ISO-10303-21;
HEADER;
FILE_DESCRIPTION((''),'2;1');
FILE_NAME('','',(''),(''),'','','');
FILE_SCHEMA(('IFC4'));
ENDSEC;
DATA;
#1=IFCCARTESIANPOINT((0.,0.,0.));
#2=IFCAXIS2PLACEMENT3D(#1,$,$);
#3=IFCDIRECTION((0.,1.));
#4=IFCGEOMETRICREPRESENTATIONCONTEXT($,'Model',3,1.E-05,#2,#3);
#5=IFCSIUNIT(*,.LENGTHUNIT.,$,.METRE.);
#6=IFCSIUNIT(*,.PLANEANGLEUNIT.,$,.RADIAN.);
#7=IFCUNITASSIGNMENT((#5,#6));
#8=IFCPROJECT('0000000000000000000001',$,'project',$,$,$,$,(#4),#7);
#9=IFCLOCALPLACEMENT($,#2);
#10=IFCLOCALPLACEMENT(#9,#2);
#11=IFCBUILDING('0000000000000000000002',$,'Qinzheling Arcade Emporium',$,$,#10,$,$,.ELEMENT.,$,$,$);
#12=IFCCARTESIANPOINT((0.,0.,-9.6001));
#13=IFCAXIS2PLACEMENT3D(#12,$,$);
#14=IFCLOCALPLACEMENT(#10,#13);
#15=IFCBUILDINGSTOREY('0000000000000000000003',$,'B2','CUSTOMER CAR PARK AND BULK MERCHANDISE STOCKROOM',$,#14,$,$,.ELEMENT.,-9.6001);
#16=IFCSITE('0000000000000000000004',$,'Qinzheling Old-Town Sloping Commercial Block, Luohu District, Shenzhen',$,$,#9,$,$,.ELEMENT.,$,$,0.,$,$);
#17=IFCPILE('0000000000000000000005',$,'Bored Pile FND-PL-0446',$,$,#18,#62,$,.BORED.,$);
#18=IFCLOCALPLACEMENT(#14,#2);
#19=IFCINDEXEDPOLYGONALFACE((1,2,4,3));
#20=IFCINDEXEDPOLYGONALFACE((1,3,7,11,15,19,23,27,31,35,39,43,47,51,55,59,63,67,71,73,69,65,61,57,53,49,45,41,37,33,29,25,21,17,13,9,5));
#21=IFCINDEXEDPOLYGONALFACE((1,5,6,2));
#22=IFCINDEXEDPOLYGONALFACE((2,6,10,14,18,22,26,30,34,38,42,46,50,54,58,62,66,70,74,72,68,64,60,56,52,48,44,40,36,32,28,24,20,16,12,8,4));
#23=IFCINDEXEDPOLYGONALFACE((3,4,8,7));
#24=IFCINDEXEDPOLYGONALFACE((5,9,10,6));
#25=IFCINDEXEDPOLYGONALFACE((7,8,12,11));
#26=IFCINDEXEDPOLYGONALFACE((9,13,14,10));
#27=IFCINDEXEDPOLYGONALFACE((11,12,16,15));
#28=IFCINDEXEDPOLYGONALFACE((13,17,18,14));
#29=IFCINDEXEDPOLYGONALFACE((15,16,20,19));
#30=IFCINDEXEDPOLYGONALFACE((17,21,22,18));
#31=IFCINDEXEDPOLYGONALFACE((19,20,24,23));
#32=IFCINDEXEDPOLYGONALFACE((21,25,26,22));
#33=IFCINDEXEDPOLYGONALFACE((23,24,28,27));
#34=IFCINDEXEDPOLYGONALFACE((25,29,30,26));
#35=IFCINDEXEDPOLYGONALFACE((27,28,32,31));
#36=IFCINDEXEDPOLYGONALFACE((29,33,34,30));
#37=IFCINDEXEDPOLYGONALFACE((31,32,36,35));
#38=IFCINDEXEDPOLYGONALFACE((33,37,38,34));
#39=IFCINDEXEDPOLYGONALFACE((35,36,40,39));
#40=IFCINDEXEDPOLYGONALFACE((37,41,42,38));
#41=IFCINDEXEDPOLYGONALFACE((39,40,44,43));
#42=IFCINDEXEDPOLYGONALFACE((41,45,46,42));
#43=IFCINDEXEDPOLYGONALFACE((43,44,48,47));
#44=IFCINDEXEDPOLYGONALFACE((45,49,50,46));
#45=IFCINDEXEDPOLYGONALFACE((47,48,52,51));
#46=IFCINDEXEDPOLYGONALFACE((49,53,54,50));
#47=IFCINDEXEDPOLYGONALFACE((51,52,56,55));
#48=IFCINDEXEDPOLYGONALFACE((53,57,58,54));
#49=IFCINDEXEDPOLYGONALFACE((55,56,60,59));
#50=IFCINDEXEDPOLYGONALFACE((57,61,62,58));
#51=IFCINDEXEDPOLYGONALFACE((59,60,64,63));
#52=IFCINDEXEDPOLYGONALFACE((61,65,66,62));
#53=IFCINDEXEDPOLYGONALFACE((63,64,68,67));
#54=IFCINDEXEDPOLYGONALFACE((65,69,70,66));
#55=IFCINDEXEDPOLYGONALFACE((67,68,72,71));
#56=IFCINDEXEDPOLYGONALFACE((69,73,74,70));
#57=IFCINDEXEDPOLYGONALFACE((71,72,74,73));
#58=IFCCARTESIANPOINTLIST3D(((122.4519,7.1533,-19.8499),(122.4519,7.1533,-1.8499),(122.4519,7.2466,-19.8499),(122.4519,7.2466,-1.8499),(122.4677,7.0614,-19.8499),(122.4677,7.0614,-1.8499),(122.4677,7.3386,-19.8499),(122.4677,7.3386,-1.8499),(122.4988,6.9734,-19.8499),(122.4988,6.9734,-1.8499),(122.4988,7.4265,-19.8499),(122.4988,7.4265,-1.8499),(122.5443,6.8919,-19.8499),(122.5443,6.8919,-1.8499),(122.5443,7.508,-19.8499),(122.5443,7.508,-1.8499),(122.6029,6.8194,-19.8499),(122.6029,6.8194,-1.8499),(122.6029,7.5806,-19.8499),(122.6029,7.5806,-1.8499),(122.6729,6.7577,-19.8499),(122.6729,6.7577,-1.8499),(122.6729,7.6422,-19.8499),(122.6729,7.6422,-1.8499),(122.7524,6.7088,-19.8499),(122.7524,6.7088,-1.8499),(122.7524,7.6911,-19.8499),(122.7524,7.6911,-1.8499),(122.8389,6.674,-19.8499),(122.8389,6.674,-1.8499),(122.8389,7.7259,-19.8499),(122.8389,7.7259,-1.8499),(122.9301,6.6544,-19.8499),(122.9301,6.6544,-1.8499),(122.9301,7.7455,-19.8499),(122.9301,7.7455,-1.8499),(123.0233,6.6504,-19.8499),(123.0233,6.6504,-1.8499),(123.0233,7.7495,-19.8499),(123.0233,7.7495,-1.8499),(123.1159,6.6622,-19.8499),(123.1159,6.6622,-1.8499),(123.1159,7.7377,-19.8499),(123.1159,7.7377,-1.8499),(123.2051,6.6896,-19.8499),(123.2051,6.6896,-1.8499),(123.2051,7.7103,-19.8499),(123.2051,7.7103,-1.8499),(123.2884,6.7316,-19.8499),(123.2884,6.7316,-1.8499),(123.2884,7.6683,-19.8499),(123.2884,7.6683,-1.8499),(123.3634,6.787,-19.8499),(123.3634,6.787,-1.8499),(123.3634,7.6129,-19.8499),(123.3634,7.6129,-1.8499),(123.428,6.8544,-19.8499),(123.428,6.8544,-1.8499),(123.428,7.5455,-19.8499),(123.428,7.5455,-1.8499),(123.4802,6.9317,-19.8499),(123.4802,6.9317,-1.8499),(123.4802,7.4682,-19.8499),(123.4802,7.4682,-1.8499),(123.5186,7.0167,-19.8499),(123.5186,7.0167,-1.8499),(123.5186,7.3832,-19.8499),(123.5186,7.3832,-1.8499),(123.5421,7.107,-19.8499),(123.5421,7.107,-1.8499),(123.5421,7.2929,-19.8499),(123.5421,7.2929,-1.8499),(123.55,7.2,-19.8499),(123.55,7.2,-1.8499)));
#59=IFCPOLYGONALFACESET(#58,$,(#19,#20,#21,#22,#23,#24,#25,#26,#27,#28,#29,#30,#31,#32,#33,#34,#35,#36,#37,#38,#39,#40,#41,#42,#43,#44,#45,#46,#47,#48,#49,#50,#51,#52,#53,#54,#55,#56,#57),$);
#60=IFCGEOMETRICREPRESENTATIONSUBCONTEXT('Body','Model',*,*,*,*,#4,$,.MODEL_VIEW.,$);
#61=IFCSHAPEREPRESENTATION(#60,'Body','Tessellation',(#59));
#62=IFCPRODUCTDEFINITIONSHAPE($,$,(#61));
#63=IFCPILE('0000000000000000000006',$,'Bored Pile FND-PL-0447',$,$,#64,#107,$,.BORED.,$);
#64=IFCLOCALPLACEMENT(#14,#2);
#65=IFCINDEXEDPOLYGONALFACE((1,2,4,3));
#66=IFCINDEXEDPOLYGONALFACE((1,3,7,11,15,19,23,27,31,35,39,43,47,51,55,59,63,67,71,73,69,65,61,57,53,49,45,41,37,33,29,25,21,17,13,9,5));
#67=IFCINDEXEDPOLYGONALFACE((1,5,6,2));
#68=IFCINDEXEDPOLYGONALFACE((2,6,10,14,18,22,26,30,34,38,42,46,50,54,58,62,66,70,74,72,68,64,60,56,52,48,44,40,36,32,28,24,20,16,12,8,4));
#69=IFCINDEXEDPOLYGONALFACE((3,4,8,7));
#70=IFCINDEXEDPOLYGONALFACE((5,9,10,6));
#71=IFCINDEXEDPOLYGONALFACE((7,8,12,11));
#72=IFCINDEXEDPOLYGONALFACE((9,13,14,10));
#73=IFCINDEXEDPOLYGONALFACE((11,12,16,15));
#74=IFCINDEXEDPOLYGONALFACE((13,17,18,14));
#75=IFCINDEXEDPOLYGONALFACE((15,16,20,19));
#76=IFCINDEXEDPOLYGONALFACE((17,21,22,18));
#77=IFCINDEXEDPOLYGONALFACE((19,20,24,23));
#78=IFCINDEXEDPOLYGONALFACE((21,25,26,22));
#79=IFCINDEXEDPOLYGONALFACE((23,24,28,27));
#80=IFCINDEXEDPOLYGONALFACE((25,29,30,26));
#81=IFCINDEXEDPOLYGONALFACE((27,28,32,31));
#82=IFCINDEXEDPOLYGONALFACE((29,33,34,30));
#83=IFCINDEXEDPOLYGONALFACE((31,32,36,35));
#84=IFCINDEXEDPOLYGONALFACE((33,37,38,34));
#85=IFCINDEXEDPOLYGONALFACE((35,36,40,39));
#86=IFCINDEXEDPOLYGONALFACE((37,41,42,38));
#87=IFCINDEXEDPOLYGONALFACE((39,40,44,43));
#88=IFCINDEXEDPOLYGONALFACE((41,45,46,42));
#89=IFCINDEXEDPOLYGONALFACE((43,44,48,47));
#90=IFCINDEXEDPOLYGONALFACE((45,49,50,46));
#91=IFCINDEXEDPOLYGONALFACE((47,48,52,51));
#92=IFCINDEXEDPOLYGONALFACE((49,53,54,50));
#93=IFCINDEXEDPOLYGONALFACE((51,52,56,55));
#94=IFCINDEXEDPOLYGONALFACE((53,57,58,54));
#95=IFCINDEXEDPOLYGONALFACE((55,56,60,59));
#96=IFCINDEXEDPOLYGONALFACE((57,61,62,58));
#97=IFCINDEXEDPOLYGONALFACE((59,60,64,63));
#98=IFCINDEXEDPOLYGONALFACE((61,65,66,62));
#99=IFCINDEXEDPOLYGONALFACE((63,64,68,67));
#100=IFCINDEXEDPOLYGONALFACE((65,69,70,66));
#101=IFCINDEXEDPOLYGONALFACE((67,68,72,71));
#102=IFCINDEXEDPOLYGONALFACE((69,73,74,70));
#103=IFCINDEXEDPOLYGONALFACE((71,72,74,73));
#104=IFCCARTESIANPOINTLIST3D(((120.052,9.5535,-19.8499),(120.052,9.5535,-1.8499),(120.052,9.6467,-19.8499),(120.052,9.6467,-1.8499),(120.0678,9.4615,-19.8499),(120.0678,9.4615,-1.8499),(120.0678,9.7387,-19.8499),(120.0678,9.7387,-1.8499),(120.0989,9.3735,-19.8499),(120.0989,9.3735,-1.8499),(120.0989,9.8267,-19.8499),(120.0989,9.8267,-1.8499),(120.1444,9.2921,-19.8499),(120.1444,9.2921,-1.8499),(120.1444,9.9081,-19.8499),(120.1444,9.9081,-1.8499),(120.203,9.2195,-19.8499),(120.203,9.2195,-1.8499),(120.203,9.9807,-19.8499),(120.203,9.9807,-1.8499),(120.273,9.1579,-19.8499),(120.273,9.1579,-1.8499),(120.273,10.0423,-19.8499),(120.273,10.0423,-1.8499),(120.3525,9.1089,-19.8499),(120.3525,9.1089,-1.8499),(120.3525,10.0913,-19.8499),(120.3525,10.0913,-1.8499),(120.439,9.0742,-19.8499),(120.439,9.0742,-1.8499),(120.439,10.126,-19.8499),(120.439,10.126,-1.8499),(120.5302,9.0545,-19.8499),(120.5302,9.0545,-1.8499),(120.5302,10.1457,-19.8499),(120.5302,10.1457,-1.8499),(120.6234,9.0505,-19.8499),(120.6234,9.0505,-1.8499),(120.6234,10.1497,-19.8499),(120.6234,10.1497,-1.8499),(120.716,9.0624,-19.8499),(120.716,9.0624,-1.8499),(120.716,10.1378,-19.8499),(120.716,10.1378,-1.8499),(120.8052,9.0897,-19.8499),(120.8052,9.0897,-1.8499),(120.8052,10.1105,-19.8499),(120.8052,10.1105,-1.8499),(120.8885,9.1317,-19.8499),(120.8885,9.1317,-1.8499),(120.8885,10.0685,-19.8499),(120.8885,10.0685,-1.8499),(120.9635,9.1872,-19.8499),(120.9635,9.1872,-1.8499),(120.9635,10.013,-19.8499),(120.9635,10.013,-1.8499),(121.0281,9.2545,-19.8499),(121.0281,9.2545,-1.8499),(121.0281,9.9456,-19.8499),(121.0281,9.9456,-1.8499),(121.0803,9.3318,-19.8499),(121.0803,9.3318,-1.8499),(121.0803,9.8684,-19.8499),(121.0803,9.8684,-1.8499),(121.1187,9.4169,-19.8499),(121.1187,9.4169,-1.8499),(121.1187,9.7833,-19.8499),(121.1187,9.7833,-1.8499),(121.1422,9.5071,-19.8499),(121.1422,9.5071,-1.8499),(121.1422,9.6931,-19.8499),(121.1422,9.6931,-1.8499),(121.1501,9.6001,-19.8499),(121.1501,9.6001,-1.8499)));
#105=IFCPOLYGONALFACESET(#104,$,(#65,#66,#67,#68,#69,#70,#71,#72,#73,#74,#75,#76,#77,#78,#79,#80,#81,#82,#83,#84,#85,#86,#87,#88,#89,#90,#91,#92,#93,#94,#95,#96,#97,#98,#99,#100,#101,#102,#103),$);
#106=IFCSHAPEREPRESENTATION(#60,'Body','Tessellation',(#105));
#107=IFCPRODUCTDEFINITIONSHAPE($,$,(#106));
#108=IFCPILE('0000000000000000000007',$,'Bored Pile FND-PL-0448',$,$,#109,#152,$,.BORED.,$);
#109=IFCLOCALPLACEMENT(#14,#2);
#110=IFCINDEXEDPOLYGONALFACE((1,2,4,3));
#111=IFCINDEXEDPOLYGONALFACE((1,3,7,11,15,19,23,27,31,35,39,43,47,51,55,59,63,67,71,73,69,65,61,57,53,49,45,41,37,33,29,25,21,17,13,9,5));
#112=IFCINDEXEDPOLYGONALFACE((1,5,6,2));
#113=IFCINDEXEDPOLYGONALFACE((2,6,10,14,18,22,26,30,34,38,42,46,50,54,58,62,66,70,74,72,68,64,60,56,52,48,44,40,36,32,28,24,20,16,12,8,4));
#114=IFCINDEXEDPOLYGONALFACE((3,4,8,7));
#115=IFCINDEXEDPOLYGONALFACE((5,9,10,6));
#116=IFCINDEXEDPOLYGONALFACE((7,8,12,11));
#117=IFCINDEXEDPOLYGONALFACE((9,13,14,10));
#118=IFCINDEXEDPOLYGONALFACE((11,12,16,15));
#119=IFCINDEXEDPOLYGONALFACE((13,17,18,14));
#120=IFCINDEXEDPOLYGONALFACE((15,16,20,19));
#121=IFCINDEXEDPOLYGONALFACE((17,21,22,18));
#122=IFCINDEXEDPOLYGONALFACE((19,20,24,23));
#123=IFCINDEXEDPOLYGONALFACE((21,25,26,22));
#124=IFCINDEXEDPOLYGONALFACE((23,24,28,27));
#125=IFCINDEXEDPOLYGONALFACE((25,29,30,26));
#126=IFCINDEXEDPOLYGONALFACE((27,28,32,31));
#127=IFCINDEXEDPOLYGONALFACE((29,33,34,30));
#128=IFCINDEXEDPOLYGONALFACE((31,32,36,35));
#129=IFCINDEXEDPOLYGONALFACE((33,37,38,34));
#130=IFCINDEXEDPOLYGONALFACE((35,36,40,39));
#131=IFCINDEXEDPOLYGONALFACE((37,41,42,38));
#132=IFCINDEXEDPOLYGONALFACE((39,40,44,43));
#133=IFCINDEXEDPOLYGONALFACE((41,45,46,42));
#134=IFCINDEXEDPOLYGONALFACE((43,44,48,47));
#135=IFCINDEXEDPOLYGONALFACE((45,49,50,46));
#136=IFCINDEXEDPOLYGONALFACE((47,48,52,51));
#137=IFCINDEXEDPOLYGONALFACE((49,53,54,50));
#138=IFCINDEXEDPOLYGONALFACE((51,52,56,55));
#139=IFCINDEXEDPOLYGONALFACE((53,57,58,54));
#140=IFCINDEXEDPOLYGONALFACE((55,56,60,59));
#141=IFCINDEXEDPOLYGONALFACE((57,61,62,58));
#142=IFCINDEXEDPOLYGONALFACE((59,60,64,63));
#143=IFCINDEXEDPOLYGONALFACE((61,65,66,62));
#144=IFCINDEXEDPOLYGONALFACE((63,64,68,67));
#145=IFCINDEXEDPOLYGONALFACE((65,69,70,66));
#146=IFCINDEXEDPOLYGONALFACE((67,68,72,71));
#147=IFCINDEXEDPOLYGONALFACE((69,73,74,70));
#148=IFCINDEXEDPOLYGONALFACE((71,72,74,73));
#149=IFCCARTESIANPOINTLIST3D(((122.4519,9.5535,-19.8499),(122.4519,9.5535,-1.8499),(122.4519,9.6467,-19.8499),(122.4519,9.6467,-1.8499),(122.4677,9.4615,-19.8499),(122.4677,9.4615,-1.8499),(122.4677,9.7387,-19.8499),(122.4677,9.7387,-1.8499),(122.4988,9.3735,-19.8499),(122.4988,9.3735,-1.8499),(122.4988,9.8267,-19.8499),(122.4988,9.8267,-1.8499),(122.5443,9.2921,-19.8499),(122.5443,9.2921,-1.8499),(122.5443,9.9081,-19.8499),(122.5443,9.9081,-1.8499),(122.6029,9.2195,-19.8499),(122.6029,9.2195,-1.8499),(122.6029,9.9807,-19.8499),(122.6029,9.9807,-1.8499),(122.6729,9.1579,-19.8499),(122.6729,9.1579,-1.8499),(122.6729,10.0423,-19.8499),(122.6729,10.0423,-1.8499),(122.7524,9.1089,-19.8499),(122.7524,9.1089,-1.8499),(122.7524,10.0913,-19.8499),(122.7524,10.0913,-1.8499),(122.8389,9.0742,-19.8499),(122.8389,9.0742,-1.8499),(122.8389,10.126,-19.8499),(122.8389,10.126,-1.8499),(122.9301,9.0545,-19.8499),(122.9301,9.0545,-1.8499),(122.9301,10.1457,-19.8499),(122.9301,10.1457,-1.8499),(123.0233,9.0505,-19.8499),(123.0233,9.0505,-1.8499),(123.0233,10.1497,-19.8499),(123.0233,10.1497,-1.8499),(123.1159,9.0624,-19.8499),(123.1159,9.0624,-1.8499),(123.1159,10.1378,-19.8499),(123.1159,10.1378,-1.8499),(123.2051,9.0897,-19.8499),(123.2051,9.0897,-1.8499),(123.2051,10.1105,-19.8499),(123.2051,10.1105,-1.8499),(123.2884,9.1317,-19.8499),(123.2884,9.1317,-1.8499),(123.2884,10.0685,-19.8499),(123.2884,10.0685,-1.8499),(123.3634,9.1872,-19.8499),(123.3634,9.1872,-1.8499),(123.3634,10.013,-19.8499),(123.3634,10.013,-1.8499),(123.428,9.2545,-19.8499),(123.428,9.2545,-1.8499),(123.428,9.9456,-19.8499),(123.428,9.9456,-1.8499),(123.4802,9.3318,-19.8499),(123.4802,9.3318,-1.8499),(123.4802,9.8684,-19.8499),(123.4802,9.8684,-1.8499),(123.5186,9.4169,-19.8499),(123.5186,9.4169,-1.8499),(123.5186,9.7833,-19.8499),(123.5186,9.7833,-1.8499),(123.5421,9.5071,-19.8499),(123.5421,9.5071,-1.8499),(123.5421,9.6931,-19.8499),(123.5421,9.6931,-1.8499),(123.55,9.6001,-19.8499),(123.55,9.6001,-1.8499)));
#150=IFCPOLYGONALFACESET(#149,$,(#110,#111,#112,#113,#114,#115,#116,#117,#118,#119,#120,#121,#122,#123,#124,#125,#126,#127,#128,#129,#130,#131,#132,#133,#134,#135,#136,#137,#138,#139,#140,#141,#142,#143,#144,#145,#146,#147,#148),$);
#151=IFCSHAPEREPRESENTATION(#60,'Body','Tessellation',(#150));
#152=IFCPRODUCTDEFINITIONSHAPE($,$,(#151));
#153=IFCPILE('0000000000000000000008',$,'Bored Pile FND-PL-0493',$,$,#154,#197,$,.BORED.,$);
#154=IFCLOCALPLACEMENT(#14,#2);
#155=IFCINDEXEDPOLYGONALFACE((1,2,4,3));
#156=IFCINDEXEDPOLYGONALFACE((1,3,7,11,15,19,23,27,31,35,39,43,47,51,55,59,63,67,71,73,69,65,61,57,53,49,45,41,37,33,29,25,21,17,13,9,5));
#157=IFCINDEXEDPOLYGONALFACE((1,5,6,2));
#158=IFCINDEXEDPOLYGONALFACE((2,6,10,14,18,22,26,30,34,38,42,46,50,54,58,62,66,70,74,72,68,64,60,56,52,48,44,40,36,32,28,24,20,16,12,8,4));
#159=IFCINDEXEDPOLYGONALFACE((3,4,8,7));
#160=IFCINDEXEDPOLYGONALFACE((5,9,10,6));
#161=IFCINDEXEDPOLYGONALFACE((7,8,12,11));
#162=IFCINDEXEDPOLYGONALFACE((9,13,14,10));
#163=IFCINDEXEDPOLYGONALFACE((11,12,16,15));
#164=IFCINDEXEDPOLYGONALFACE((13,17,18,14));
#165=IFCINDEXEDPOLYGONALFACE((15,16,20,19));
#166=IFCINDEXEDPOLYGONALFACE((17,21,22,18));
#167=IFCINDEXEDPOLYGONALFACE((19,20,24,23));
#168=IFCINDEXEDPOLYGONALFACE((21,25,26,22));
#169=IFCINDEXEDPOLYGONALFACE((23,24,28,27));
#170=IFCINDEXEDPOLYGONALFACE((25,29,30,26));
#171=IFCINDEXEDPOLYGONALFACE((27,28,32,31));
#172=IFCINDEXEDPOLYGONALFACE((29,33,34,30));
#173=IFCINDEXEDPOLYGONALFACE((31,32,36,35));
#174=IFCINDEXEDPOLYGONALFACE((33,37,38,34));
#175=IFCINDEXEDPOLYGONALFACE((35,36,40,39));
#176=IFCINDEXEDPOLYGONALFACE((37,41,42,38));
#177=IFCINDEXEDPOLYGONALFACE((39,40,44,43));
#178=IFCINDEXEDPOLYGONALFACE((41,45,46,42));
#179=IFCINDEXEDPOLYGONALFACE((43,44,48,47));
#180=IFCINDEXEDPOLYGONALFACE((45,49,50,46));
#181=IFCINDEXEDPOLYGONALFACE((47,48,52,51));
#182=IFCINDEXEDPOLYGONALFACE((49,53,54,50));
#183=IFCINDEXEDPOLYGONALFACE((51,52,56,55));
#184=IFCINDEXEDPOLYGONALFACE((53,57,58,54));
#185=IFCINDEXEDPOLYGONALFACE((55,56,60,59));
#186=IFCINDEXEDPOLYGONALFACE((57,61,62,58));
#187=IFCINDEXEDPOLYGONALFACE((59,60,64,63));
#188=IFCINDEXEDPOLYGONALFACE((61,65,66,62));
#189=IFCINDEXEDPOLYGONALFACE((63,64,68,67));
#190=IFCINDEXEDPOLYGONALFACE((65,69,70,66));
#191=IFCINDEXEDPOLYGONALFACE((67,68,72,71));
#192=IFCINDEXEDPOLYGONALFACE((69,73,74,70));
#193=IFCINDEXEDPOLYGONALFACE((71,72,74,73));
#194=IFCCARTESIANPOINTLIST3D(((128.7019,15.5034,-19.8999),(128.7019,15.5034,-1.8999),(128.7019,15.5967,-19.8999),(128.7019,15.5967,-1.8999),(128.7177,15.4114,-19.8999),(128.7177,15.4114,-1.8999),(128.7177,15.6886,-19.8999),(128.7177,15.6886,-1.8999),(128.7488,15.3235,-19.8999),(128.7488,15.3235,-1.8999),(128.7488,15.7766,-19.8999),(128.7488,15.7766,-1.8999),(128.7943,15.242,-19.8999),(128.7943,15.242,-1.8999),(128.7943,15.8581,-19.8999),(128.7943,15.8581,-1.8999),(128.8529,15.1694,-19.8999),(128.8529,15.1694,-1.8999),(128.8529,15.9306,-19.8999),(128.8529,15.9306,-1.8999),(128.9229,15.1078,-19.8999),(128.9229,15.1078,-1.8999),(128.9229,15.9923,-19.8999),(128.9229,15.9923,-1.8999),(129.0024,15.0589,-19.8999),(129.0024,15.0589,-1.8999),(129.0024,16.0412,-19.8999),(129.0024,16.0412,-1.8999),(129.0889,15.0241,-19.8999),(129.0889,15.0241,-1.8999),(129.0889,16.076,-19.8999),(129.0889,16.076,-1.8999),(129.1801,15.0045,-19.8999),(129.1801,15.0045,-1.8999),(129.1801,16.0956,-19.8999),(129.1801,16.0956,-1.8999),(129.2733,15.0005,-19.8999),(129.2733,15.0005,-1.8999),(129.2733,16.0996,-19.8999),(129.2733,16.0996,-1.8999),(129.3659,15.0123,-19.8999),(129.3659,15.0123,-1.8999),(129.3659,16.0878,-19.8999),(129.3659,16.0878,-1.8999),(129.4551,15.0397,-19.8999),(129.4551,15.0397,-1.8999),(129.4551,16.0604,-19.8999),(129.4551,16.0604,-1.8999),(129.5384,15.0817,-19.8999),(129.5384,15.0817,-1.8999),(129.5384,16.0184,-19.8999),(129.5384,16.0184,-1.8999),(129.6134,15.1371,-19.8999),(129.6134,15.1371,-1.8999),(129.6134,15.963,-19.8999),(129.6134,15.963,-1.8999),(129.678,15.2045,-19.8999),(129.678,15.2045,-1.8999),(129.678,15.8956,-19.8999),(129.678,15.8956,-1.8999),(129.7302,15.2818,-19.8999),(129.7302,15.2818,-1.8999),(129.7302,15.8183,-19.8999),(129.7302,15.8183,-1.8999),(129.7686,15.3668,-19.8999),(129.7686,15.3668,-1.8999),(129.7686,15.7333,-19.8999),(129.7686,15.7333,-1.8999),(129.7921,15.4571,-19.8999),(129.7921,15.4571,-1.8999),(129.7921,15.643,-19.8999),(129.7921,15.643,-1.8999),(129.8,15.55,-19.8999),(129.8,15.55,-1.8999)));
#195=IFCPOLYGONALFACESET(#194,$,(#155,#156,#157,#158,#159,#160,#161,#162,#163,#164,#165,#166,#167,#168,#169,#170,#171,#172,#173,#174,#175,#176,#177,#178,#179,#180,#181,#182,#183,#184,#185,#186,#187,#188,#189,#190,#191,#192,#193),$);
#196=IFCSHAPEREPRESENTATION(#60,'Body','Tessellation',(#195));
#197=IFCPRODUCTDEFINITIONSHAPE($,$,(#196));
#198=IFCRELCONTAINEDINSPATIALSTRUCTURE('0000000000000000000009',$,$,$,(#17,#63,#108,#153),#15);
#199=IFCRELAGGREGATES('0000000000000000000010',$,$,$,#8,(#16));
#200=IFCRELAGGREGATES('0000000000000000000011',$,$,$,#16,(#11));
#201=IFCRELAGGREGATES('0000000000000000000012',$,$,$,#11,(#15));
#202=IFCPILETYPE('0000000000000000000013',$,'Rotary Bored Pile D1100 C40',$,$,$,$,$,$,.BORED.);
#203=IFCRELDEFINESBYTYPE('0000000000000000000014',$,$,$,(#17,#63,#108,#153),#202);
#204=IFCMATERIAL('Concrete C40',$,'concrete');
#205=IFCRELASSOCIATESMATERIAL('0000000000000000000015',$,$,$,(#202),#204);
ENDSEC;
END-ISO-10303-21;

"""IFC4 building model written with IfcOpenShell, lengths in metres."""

from ifc_helpers import new_model, si_unit, direction, frame, origin, origin_2d, place, context, subcontext, project, spatial, circle, extrude, material, material_profile, profile_set, type_object, element, save


model = new_model("IFC4")

# Units and contexts
model_context = context("Model", 3, precision=1e-05, world=origin(), true_north=direction((0.0, 1.0)))
body_context = subcontext(model_context, "Body", "Model", "MODEL_VIEW")
ifc_project = project(units=[si_unit("LENGTHUNIT", "METRE"), si_unit("PLANEANGLEUNIT", "RADIAN")], contexts=[model_context])

# Site, building, storey
site_placement = place(None, origin())
site = spatial("IfcSite", under=ifc_project, at=site_placement, Name="Qinzheling Old-Town Sloping Commercial Block, Luohu District, Shenzhen", CompositionType="ELEMENT", RefElevation=0.0)
building_placement = place(site_placement, origin())
building = spatial("IfcBuilding", under=site, at=building_placement, Name="Qinzheling Arcade Emporium", CompositionType="ELEMENT")
storey_placement = place(building_placement, frame((0.0, 0.0, -9.6001)))
storey = spatial("IfcBuildingStorey", under=building, at=storey_placement, Name="B2", Description="CUSTOMER CAR PARK AND BULK MERCHANDISE STOCKROOM", CompositionType="ELEMENT", Elevation=-9.6001)

# Shared definitions
ifc_material_1 = material(Name="Concrete C40", Category="concrete")

# Piles
ifc_material_profile_1 = material_profile(ifc_material_1, circle(Radius=0.55, at=origin_2d()), Name="BORED D1100", Category="concrete")
ifc_profile_set_1 = profile_set([ifc_material_profile_1], Name="Concrete C40")
pile_type_1 = type_object("IfcPileType", Name="Rotary Bored Pile D1100 C40", PredefinedType="BORED", material=ifc_profile_set_1)
for number, where, z_axis, x_axis, name in (
    (1, (123.0, 7.2, -1.8499), (0.0, 0.0, -1.0), (1.0, 0.0, 0.0), "Bored Pile FND-PL-0446"),
    (2, (120.6001, 9.6001, -1.8499), (0.0, 0.0, -1.0), (1.0, 0.0, 0.0), "Bored Pile FND-PL-0447"),
    (3, (123.0, 9.6001, -1.8499), (0.0, 0.0, -1.0), (1.0, 0.0, 0.0), "Bored Pile FND-PL-0448"),
    (4, (129.25, 15.55, -1.8999), (0.0, 0.0, -1.0), (1.0, 0.0, 0.0), "Bored Pile FND-PL-0493"),
):
    element("IfcPile", number, at=place(storey_placement, frame(where, z_axis=z_axis, x_axis=x_axis)), inside=storey, type_object=pile_type_1, Name=name, PredefinedType="BORED", context=body_context, shape_type="SweptSolid", body=[
        extrude(circle(Radius=0.55, at=origin_2d()), origin(), (0.0, 0.0, 1.0), 18.0),
    ])

save(model, "model.ifc")
